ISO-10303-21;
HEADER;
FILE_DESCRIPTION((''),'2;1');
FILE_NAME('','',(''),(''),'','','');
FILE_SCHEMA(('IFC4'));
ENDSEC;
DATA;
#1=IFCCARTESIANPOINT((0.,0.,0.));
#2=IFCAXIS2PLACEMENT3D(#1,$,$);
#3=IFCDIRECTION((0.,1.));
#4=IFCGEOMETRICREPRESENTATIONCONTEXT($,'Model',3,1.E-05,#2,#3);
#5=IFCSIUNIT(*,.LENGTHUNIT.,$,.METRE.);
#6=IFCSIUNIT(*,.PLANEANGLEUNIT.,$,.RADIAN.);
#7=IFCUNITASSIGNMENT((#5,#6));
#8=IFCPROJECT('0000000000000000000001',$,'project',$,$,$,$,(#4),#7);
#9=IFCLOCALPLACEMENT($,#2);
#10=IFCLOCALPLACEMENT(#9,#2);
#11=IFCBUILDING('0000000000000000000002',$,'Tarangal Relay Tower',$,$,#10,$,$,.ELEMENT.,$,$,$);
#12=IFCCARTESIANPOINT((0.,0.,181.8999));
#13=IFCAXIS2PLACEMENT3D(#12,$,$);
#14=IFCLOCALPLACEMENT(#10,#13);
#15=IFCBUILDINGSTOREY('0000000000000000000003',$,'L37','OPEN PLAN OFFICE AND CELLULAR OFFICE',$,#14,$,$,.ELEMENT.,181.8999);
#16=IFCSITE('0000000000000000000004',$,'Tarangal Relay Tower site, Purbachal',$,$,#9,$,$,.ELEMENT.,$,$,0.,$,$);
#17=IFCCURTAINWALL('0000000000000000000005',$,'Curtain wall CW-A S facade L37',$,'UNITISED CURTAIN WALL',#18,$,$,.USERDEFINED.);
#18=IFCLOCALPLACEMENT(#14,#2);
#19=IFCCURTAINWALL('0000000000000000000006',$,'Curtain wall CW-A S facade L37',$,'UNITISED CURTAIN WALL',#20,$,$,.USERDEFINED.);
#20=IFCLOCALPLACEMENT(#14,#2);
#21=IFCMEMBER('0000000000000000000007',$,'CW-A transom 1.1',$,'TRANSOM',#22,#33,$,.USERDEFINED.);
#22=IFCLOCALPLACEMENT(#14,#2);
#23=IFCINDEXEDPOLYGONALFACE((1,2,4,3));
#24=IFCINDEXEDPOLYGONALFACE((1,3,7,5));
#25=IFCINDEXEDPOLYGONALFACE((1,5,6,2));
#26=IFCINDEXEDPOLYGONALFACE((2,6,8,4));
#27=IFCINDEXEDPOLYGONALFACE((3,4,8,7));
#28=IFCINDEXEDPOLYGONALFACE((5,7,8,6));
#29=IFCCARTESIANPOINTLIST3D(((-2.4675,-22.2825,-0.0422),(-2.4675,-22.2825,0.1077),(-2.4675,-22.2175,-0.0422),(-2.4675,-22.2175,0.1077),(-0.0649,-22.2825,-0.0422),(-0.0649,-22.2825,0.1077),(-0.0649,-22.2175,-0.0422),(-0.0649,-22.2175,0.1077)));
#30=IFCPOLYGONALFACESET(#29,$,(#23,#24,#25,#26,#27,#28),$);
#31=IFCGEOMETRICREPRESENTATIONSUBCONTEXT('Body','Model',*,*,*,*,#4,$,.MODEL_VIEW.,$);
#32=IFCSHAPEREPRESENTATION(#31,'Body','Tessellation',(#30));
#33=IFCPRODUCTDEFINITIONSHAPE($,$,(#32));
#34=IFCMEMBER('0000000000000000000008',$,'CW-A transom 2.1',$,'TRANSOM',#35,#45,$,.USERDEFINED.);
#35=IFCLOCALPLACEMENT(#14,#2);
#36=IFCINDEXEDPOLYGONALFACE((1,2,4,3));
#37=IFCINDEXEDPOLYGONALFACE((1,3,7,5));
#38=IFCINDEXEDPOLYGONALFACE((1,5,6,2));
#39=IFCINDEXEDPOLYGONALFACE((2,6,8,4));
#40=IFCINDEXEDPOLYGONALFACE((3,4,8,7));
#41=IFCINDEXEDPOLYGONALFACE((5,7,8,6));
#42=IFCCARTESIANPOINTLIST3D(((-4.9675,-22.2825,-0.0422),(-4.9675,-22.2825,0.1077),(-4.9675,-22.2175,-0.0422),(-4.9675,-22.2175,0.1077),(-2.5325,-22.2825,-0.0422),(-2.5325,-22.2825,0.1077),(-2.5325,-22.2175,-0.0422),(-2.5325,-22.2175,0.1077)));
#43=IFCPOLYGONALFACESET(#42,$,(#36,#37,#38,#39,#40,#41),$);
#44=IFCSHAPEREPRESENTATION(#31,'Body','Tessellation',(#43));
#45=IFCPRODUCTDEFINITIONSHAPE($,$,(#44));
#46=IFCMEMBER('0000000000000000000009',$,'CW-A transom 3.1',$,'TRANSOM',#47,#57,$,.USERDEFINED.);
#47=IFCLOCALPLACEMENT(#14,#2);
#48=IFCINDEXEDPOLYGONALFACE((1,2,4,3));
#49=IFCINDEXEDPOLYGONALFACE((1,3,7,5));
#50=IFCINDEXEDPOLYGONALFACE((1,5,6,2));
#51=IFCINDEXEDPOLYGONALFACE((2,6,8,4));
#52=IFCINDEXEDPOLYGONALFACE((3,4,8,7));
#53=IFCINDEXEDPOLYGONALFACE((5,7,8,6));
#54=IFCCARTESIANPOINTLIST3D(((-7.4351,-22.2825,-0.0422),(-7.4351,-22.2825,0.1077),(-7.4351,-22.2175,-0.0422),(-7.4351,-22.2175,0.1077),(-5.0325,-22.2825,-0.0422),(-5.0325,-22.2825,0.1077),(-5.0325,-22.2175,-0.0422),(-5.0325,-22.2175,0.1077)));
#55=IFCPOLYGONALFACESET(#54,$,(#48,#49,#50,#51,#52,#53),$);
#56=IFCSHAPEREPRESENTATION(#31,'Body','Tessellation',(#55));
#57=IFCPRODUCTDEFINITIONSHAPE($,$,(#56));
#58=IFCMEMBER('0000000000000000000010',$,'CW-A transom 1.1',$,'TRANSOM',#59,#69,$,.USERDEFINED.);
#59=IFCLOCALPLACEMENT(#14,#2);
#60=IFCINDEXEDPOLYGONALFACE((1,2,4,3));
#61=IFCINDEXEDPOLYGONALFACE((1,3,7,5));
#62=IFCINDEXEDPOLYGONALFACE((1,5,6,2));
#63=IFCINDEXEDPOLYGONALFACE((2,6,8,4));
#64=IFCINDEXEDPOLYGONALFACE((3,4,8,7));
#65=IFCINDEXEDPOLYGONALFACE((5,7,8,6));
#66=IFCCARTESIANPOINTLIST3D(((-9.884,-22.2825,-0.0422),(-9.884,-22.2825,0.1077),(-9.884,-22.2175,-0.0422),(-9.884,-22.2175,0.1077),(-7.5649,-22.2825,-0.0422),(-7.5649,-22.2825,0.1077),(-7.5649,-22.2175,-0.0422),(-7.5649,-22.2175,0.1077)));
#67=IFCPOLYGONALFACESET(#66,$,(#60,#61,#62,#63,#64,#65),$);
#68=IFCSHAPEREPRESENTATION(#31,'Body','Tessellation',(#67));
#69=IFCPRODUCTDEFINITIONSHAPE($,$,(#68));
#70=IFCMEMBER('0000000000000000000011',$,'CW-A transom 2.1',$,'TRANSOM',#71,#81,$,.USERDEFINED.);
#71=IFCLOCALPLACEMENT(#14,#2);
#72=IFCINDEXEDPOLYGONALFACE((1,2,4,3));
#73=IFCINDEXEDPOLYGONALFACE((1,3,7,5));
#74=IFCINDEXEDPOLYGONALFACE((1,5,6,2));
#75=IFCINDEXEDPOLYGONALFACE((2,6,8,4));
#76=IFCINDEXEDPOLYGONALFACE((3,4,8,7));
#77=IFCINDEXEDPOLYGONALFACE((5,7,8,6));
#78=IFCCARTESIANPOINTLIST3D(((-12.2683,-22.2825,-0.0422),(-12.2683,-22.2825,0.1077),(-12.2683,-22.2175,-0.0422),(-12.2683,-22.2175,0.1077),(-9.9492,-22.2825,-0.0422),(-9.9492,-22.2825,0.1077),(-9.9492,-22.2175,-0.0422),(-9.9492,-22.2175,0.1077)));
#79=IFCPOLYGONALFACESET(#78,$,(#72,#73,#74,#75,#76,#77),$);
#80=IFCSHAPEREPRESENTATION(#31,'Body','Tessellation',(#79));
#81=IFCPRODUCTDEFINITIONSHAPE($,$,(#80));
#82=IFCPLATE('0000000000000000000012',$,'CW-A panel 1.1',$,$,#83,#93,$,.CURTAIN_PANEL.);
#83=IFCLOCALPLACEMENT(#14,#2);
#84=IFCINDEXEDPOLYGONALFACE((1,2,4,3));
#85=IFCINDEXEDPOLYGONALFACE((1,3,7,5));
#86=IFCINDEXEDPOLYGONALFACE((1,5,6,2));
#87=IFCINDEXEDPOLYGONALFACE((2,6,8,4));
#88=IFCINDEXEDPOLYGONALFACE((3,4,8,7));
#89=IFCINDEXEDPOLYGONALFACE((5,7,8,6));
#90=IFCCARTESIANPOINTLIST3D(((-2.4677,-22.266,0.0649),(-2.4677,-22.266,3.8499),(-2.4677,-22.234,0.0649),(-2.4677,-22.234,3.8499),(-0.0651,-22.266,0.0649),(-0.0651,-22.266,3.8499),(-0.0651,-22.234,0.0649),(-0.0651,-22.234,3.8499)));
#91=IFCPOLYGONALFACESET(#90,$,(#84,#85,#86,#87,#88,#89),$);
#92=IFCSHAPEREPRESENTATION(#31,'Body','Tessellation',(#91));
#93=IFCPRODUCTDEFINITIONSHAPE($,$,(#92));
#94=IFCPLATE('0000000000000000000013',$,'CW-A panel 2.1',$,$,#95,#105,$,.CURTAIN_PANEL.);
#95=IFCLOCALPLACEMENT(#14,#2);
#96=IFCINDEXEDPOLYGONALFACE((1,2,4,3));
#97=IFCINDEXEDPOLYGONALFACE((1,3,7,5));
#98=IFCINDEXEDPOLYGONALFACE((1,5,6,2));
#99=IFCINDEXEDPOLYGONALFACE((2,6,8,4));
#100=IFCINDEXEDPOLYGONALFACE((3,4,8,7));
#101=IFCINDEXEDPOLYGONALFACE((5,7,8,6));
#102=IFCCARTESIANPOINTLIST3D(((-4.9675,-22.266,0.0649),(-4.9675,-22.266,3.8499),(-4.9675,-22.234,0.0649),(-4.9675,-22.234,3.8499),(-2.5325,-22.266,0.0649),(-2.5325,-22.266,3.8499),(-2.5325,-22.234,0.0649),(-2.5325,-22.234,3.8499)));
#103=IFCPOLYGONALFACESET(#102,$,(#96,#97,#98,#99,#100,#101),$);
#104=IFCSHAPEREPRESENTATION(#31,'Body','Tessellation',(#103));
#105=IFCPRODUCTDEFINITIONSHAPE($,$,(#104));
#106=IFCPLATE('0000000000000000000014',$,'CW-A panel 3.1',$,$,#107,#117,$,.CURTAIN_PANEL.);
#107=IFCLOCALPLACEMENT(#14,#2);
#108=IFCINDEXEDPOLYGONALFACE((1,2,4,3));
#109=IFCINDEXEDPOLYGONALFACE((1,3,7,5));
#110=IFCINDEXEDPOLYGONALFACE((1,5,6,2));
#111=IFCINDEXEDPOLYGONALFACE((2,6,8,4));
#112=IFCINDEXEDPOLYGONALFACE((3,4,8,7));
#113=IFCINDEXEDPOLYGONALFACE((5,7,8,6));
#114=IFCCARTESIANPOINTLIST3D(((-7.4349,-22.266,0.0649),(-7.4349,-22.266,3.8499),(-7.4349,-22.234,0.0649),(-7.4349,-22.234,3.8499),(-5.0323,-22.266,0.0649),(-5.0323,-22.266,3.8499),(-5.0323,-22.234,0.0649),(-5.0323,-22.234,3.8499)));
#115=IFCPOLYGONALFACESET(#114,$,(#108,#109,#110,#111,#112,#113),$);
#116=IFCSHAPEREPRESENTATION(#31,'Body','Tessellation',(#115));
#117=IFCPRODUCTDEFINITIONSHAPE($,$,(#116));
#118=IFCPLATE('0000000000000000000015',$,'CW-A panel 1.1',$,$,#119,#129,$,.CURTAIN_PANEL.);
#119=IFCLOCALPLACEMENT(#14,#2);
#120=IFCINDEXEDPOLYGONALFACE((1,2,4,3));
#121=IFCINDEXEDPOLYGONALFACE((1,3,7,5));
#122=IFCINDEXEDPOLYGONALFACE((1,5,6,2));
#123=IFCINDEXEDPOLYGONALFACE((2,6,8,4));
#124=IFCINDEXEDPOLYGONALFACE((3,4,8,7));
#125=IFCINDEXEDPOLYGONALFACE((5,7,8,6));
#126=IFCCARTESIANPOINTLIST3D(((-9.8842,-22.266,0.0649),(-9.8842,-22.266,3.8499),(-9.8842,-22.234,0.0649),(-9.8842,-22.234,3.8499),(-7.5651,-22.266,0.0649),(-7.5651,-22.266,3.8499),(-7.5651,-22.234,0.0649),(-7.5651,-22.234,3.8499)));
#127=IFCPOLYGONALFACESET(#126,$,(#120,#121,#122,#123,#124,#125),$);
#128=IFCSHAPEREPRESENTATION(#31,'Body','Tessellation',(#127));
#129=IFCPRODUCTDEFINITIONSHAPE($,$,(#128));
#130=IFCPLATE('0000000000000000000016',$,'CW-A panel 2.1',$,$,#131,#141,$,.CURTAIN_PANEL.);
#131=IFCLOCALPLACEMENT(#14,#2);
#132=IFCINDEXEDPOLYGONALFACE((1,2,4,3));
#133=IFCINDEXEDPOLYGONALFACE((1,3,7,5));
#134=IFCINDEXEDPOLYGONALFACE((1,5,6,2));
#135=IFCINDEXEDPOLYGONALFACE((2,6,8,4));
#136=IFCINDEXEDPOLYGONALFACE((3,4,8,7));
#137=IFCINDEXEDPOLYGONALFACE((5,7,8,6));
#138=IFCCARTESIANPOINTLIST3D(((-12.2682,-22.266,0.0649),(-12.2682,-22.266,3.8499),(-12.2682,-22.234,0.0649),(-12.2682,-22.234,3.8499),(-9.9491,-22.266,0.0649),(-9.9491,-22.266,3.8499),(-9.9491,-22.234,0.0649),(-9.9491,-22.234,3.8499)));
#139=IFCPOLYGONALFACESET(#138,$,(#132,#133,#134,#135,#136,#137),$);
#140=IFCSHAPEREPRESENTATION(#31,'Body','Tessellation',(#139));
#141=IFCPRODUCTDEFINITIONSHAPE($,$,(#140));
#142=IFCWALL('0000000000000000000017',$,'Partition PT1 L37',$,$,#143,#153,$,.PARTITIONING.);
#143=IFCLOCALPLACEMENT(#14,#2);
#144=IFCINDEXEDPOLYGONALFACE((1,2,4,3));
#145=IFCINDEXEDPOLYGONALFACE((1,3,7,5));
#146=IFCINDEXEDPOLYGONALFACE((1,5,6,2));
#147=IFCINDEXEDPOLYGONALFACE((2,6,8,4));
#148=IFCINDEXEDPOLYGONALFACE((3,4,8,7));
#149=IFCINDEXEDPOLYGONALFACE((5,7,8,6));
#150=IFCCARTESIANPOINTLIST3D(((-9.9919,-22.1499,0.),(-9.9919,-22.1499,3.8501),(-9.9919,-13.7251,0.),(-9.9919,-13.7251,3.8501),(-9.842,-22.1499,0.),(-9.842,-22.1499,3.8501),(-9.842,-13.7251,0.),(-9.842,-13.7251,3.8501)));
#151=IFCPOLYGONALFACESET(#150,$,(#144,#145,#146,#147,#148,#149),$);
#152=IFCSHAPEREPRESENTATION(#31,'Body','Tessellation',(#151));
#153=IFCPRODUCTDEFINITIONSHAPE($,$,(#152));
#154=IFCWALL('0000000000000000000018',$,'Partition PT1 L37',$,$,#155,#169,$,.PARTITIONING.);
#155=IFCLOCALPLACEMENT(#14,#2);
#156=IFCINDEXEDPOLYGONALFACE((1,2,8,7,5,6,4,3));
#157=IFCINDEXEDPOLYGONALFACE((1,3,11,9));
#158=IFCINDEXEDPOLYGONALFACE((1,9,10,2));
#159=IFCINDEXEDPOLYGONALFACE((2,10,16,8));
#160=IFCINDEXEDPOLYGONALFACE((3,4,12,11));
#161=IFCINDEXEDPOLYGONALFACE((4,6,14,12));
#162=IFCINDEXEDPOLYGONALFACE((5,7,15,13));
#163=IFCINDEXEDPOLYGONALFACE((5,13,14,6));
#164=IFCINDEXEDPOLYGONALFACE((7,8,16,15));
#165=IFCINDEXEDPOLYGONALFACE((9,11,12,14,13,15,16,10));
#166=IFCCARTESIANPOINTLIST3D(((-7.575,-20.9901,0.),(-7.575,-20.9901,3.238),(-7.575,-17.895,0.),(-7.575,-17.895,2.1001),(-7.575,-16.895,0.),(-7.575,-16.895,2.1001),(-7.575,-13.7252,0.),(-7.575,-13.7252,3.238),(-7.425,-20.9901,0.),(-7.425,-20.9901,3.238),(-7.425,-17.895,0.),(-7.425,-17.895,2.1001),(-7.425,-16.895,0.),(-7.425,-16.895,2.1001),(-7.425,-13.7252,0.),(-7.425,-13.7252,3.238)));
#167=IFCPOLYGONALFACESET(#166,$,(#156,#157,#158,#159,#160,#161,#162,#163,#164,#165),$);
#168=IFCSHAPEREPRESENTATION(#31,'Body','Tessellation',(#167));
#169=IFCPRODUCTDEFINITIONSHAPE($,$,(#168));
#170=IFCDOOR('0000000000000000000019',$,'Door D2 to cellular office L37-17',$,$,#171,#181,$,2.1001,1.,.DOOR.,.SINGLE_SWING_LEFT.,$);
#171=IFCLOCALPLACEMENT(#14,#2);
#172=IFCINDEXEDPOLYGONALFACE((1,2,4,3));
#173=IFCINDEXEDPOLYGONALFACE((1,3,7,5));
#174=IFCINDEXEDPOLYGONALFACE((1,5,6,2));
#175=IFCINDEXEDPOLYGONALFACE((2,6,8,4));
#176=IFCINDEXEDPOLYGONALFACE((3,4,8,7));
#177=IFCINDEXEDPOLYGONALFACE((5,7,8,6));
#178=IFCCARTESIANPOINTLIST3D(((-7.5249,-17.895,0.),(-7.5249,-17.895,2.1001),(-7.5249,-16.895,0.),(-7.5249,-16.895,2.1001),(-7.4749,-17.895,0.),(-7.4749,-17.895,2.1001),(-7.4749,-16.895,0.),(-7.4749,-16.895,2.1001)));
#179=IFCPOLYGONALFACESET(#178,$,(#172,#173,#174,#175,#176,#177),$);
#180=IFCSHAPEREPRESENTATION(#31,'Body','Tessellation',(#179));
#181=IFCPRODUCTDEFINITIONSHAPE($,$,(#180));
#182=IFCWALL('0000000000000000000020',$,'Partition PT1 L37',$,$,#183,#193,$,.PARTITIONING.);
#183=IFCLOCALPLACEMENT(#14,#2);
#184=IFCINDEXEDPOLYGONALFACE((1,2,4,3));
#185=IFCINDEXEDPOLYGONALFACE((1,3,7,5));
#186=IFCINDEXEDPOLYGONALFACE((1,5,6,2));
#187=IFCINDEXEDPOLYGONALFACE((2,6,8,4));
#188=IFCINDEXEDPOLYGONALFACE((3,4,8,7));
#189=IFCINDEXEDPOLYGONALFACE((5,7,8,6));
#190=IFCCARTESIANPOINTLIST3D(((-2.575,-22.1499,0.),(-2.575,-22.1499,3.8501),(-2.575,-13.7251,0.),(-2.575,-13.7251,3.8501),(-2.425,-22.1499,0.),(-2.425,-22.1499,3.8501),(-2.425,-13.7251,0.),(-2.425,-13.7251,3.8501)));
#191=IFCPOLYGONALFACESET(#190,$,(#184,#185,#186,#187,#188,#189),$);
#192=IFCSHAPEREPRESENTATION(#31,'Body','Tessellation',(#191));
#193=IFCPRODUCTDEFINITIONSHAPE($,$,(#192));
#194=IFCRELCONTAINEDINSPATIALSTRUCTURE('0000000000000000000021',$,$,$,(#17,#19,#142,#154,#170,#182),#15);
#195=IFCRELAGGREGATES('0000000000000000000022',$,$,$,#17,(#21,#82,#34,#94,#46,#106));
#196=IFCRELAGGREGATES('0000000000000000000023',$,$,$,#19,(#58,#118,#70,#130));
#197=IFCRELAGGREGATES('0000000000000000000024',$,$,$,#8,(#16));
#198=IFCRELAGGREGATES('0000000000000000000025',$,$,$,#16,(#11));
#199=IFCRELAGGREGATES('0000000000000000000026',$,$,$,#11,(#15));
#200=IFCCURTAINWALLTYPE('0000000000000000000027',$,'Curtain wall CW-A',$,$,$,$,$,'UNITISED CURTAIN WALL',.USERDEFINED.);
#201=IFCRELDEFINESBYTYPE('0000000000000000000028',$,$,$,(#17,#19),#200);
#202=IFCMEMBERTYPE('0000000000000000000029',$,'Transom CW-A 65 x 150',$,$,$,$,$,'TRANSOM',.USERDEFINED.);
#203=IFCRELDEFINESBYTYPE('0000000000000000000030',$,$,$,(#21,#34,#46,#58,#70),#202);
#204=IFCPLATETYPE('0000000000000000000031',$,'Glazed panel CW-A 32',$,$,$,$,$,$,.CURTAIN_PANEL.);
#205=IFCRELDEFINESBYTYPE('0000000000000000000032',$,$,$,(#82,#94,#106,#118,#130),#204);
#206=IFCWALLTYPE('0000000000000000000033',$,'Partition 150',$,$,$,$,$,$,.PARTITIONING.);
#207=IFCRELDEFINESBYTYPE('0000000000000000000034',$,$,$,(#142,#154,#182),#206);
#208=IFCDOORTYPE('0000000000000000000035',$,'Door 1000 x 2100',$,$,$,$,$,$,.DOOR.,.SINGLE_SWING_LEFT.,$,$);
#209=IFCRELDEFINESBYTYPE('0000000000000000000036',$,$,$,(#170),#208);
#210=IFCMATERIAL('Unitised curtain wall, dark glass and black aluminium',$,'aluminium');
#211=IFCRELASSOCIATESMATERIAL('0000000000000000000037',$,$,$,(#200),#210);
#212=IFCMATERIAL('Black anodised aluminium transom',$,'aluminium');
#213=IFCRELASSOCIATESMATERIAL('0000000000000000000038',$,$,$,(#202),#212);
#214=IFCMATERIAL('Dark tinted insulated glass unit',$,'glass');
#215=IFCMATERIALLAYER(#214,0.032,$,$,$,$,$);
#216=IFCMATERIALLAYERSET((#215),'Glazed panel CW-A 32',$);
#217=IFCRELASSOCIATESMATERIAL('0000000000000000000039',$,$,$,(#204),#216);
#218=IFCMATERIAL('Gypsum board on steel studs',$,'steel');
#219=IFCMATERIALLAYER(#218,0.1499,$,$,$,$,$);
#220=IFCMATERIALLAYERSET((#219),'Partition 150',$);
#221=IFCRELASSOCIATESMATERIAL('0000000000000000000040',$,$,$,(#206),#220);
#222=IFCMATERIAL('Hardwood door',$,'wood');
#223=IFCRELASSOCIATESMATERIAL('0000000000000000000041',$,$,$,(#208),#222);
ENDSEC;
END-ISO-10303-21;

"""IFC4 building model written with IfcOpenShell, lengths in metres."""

from ifc_helpers import new_model, si_unit, direction, frame, frame_2d, origin, origin_2d, place, context, subcontext, project, spatial, rectangle, extrude, material, layer, layer_set, material_profile, profile_set, type_object, element, fill, aggregate, save


model = new_model("IFC4")

# Units and contexts
model_context = context("Model", 3, precision=1e-05, world=origin(), true_north=direction((0.0, 1.0)))
body_context = subcontext(model_context, "Body", "Model", "MODEL_VIEW")
ifc_project = project(units=[si_unit("LENGTHUNIT", "METRE"), si_unit("PLANEANGLEUNIT", "RADIAN")], contexts=[model_context])

# Site, building, storey
site_placement = place(None, origin())
site = spatial("IfcSite", under=ifc_project, at=site_placement, Name="Tarangal Relay Tower site, Purbachal", CompositionType="ELEMENT", RefElevation=0.0)
building_placement = place(site_placement, origin())
building = spatial("IfcBuilding", under=site, at=building_placement, Name="Tarangal Relay Tower", CompositionType="ELEMENT")
storey_placement = place(building_placement, frame((0.0, 0.0, 181.8999)))
storey = spatial("IfcBuildingStorey", under=building, at=storey_placement, Name="L37", Description="OPEN PLAN OFFICE AND CELLULAR OFFICE", CompositionType="ELEMENT", Elevation=181.8999)

# Curtain walls
ifc_material_1 = material(Name="Unitised curtain wall, dark glass and black aluminium", Category="aluminium")
curtain_wall_type = type_object("IfcCurtainWallType", Name="Curtain wall CW-A", ElementType="UNITISED CURTAIN WALL", PredefinedType="USERDEFINED", material=ifc_material_1)
curtain_wall_1_placement = place(storey_placement, origin())
curtain_wall_1 = element("IfcCurtainWall", 1, at=curtain_wall_1_placement, inside=storey, type_object=curtain_wall_type, Name="Curtain wall CW-A S facade L37", ObjectType="UNITISED CURTAIN WALL", PredefinedType="USERDEFINED")
curtain_wall_2_placement = place(storey_placement, origin())
curtain_wall_2 = element("IfcCurtainWall", 2, at=curtain_wall_2_placement, inside=storey, type_object=curtain_wall_type, Name="Curtain wall CW-A S facade L37", ObjectType="UNITISED CURTAIN WALL", PredefinedType="USERDEFINED")

# Members
ifc_material_2 = material(Name="Black anodised aluminium transom", Category="aluminium")
ifc_material_profile_1 = material_profile(ifc_material_2, rectangle(XDim=0.0649, YDim=0.1499, at=origin_2d()), Name="CW-AT 65X150")
ifc_profile_set_1 = profile_set([ifc_material_profile_1], Name="Black anodised aluminium transom")
member_type_1 = type_object("IfcMemberType", Name="Transom CW-A 65 x 150", ElementType="TRANSOM", PredefinedType="USERDEFINED", material=ifc_profile_set_1)
member_1_placement = place(storey_placement, frame((-0.0649, -22.25, 0.0327), z_axis=(-1.0, 0.0, 0.0), x_axis=(0.0, -1.0, 0.0)))
member_1 = element("IfcMember", 3, at=member_1_placement, type_object=member_type_1, Name="CW-A transom 1.1", ObjectType="TRANSOM", PredefinedType="USERDEFINED", context=body_context, shape_type="SweptSolid", body=[
    extrude(rectangle(XDim=0.0649, YDim=0.1499, at=origin_2d()), origin(), (0.0, 0.0, 1.0), 2.4026),
])
member_2_placement = place(storey_placement, frame((-2.5325, -22.25, 0.0327), z_axis=(-1.0, 0.0, 0.0), x_axis=(0.0, -1.0, 0.0)))
member_2 = element("IfcMember", 4, at=member_2_placement, type_object=member_type_1, Name="CW-A transom 2.1", ObjectType="TRANSOM", PredefinedType="USERDEFINED", context=body_context, shape_type="SweptSolid", body=[
    extrude(rectangle(XDim=0.0649, YDim=0.1499, at=origin_2d()), origin(), (0.0, 0.0, 1.0), 2.4351),
])
member_3_placement = place(storey_placement, frame((-5.0325, -22.25, 0.0327), z_axis=(-1.0, 0.0, 0.0), x_axis=(0.0, -1.0, 0.0)))
member_3 = element("IfcMember", 5, at=member_3_placement, type_object=member_type_1, Name="CW-A transom 3.1", ObjectType="TRANSOM", PredefinedType="USERDEFINED", context=body_context, shape_type="SweptSolid", body=[
    extrude(rectangle(XDim=0.0649, YDim=0.1499, at=origin_2d()), origin(), (0.0, 0.0, 1.0), 2.4026),
])
member_4_placement = place(storey_placement, frame((-7.5649, -22.25, 0.0327), z_axis=(-1.0, 0.0, 0.0), x_axis=(0.0, -1.0, 0.0)))
member_4 = element("IfcMember", 6, at=member_4_placement, type_object=member_type_1, Name="CW-A transom 1.1", ObjectType="TRANSOM", PredefinedType="USERDEFINED", context=body_context, shape_type="SweptSolid", body=[
    extrude(rectangle(XDim=0.0649, YDim=0.1499, at=origin_2d()), origin(), (0.0, 0.0, 1.0), 2.3191),
])
member_5_placement = place(storey_placement, frame((-9.9492, -22.25, 0.0327), z_axis=(-1.0, 0.0, 0.0), x_axis=(0.0, -1.0, 0.0)))
member_5 = element("IfcMember", 7, at=member_5_placement, type_object=member_type_1, Name="CW-A transom 2.1", ObjectType="TRANSOM", PredefinedType="USERDEFINED", context=body_context, shape_type="SweptSolid", body=[
    extrude(rectangle(XDim=0.0649, YDim=0.1499, at=origin_2d()), origin(), (0.0, 0.0, 1.0), 2.3191),
])

# Plates
ifc_material_3 = material(Name="Dark tinted insulated glass unit", Category="glass")
ifc_layer_1 = layer(ifc_material_3, 0.032)
ifc_layer_set_1 = layer_set([ifc_layer_1], Name="Glazed panel CW-A 32")
plate_type = type_object("IfcPlateType", Name="Glazed panel CW-A 32", PredefinedType="CURTAIN_PANEL", material=ifc_layer_set_1)
plate_1_placement = place(storey_placement, frame((-1.2664, -22.25, 0.0649), z_axis=(0.0, 0.0, 1.0), x_axis=(-1.0, 0.0, 0.0)))
plate_1 = element("IfcPlate", 8, at=plate_1_placement, type_object=plate_type, Name="CW-A panel 1.1", PredefinedType="CURTAIN_PANEL", context=body_context, shape_type="SweptSolid", body=[
    extrude(rectangle(XDim=2.4026, YDim=0.032, at=origin_2d()), origin(), (0.0, 0.0, 1.0), 3.7849),
])
plate_2_placement = place(storey_placement, frame((-3.75, -22.25, 0.0649), z_axis=(0.0, 0.0, 1.0), x_axis=(-1.0, 0.0, 0.0)))
plate_2 = element("IfcPlate", 9, at=plate_2_placement, type_object=plate_type, Name="CW-A panel 2.1", PredefinedType="CURTAIN_PANEL", context=body_context, shape_type="SweptSolid", body=[
    extrude(rectangle(XDim=2.4351, YDim=0.032, at=origin_2d()), origin(), (0.0, 0.0, 1.0), 3.7849),
])
plate_3_placement = place(storey_placement, frame((-6.2336, -22.25, 0.0649), z_axis=(0.0, 0.0, 1.0), x_axis=(-1.0, 0.0, 0.0)))
plate_3 = element("IfcPlate", 10, at=plate_3_placement, type_object=plate_type, Name="CW-A panel 3.1", PredefinedType="CURTAIN_PANEL", context=body_context, shape_type="SweptSolid", body=[
    extrude(rectangle(XDim=2.4026, YDim=0.032, at=origin_2d()), origin(), (0.0, 0.0, 1.0), 3.7849),
])
aggregate(curtain_wall_1, [member_1, plate_1, member_2, plate_2, member_3, plate_3])
plate_4_placement = place(storey_placement, frame((-8.7246, -22.25, 0.0649), z_axis=(0.0, 0.0, 1.0), x_axis=(-1.0, 0.0, 0.0)))
plate_4 = element("IfcPlate", 11, at=plate_4_placement, type_object=plate_type, Name="CW-A panel 1.1", PredefinedType="CURTAIN_PANEL", context=body_context, shape_type="SweptSolid", body=[
    extrude(rectangle(XDim=2.3191, YDim=0.032, at=origin_2d()), origin(), (0.0, 0.0, 1.0), 3.7849),
])
plate_5_placement = place(storey_placement, frame((-11.1086, -22.25, 0.0649), z_axis=(0.0, 0.0, 1.0), x_axis=(-1.0, 0.0, 0.0)))
plate_5 = element("IfcPlate", 12, at=plate_5_placement, type_object=plate_type, Name="CW-A panel 2.1", PredefinedType="CURTAIN_PANEL", context=body_context, shape_type="SweptSolid", body=[
    extrude(rectangle(XDim=2.3191, YDim=0.032, at=origin_2d()), origin(), (0.0, 0.0, 1.0), 3.7849),
])
aggregate(curtain_wall_2, [member_4, plate_4, member_5, plate_5])

# Wall
ifc_material_4 = material(Name="Gypsum board on steel studs", Category="steel")
ifc_layer_2 = layer(ifc_material_4, 0.1499)
ifc_layer_set_2 = layer_set([ifc_layer_2], Name="Partition 150")
wall_type = type_object("IfcWallType", Name="Partition 150", PredefinedType="PARTITIONING", material=ifc_layer_set_2)
wall_1_placement = place(storey_placement, frame((-9.917, -22.1499, 0.0), z_axis=(0.0, 0.0, 1.0), x_axis=(0.0, 1.0, 0.0)))
element("IfcWall", 13, at=wall_1_placement, inside=storey, type_object=wall_type, Name="Partition PT1 L37", PredefinedType="PARTITIONING", context=body_context, shape_type="SweptSolid", body=[
    extrude(rectangle(XDim=8.4248, YDim=0.1499, at=frame_2d((4.2124, 0.0))), origin(), (0.0, 0.0, 1.0), 3.8501),
])

# Wall, opening, door
wall_2_placement = place(storey_placement, frame((-7.5, -20.99, 0.0), z_axis=(0.0, 0.0, 1.0), x_axis=(0.0, 1.0, 0.0)))
wall_2 = element("IfcWall", 14, at=wall_2_placement, inside=storey, type_object=wall_type, Name="Partition PT1 L37", PredefinedType="PARTITIONING", context=body_context, shape_type="SweptSolid", body=[
    extrude(rectangle(XDim=7.2649, YDim=0.1499, at=frame_2d((3.6323, 0.0))), origin(), (0.0, 0.0, 1.0), 3.238),
])
opening_placement = place(wall_2_placement, frame((3.095, 0.0, 0.0)))
opening = element("IfcOpeningElement", 15, at=opening_placement, cuts=wall_2, PredefinedType="OPENING", context=body_context, shape_type="SweptSolid", body=[
    extrude(rectangle(XDim=1.0, YDim=2.1001, at=frame_2d((0.5, 1.05))), frame((0.0, 0.085, 0.0), z_axis=(0.0, -1.0, 0.0), x_axis=(1.0, 0.0, 0.0)), (0.0, 0.0, 1.0), 0.1699),
])
ifc_material_5 = material(Name="Hardwood door", Category="wood")
door_type = type_object("IfcDoorType", Name="Door 1000 x 2100", OperationType="SINGLE_SWING_LEFT", PredefinedType="DOOR", material=ifc_material_5)
door_placement = place(opening_placement, origin())
door = element("IfcDoor", 16, at=door_placement, inside=storey, type_object=door_type, Name="Door D2 to cellular office L37-17", OperationType="SINGLE_SWING_LEFT", OverallHeight=2.1001, OverallWidth=1.0, PredefinedType="DOOR", context=body_context, shape_type="SweptSolid", body=[
    extrude(rectangle(XDim=1.0, YDim=2.1001, at=frame_2d((0.5, 1.05))), frame((0.0, 0.0249, 0.0), z_axis=(0.0, -1.0, 0.0), x_axis=(1.0, 0.0, 0.0)), (0.0, 0.0, 1.0), 0.05),
])
fill(opening, door)

# Wall
wall_3_placement = place(storey_placement, frame((-2.5, -22.1499, 0.0), z_axis=(0.0, 0.0, 1.0), x_axis=(0.0, 1.0, 0.0)))
element("IfcWall", 17, at=wall_3_placement, inside=storey, type_object=wall_type, Name="Partition PT1 L37", PredefinedType="PARTITIONING", context=body_context, shape_type="SweptSolid", body=[
    extrude(rectangle(XDim=8.4248, YDim=0.1499, at=frame_2d((4.2124, 0.0))), origin(), (0.0, 0.0, 1.0), 3.8501),
])

save(model, "model.ifc")
